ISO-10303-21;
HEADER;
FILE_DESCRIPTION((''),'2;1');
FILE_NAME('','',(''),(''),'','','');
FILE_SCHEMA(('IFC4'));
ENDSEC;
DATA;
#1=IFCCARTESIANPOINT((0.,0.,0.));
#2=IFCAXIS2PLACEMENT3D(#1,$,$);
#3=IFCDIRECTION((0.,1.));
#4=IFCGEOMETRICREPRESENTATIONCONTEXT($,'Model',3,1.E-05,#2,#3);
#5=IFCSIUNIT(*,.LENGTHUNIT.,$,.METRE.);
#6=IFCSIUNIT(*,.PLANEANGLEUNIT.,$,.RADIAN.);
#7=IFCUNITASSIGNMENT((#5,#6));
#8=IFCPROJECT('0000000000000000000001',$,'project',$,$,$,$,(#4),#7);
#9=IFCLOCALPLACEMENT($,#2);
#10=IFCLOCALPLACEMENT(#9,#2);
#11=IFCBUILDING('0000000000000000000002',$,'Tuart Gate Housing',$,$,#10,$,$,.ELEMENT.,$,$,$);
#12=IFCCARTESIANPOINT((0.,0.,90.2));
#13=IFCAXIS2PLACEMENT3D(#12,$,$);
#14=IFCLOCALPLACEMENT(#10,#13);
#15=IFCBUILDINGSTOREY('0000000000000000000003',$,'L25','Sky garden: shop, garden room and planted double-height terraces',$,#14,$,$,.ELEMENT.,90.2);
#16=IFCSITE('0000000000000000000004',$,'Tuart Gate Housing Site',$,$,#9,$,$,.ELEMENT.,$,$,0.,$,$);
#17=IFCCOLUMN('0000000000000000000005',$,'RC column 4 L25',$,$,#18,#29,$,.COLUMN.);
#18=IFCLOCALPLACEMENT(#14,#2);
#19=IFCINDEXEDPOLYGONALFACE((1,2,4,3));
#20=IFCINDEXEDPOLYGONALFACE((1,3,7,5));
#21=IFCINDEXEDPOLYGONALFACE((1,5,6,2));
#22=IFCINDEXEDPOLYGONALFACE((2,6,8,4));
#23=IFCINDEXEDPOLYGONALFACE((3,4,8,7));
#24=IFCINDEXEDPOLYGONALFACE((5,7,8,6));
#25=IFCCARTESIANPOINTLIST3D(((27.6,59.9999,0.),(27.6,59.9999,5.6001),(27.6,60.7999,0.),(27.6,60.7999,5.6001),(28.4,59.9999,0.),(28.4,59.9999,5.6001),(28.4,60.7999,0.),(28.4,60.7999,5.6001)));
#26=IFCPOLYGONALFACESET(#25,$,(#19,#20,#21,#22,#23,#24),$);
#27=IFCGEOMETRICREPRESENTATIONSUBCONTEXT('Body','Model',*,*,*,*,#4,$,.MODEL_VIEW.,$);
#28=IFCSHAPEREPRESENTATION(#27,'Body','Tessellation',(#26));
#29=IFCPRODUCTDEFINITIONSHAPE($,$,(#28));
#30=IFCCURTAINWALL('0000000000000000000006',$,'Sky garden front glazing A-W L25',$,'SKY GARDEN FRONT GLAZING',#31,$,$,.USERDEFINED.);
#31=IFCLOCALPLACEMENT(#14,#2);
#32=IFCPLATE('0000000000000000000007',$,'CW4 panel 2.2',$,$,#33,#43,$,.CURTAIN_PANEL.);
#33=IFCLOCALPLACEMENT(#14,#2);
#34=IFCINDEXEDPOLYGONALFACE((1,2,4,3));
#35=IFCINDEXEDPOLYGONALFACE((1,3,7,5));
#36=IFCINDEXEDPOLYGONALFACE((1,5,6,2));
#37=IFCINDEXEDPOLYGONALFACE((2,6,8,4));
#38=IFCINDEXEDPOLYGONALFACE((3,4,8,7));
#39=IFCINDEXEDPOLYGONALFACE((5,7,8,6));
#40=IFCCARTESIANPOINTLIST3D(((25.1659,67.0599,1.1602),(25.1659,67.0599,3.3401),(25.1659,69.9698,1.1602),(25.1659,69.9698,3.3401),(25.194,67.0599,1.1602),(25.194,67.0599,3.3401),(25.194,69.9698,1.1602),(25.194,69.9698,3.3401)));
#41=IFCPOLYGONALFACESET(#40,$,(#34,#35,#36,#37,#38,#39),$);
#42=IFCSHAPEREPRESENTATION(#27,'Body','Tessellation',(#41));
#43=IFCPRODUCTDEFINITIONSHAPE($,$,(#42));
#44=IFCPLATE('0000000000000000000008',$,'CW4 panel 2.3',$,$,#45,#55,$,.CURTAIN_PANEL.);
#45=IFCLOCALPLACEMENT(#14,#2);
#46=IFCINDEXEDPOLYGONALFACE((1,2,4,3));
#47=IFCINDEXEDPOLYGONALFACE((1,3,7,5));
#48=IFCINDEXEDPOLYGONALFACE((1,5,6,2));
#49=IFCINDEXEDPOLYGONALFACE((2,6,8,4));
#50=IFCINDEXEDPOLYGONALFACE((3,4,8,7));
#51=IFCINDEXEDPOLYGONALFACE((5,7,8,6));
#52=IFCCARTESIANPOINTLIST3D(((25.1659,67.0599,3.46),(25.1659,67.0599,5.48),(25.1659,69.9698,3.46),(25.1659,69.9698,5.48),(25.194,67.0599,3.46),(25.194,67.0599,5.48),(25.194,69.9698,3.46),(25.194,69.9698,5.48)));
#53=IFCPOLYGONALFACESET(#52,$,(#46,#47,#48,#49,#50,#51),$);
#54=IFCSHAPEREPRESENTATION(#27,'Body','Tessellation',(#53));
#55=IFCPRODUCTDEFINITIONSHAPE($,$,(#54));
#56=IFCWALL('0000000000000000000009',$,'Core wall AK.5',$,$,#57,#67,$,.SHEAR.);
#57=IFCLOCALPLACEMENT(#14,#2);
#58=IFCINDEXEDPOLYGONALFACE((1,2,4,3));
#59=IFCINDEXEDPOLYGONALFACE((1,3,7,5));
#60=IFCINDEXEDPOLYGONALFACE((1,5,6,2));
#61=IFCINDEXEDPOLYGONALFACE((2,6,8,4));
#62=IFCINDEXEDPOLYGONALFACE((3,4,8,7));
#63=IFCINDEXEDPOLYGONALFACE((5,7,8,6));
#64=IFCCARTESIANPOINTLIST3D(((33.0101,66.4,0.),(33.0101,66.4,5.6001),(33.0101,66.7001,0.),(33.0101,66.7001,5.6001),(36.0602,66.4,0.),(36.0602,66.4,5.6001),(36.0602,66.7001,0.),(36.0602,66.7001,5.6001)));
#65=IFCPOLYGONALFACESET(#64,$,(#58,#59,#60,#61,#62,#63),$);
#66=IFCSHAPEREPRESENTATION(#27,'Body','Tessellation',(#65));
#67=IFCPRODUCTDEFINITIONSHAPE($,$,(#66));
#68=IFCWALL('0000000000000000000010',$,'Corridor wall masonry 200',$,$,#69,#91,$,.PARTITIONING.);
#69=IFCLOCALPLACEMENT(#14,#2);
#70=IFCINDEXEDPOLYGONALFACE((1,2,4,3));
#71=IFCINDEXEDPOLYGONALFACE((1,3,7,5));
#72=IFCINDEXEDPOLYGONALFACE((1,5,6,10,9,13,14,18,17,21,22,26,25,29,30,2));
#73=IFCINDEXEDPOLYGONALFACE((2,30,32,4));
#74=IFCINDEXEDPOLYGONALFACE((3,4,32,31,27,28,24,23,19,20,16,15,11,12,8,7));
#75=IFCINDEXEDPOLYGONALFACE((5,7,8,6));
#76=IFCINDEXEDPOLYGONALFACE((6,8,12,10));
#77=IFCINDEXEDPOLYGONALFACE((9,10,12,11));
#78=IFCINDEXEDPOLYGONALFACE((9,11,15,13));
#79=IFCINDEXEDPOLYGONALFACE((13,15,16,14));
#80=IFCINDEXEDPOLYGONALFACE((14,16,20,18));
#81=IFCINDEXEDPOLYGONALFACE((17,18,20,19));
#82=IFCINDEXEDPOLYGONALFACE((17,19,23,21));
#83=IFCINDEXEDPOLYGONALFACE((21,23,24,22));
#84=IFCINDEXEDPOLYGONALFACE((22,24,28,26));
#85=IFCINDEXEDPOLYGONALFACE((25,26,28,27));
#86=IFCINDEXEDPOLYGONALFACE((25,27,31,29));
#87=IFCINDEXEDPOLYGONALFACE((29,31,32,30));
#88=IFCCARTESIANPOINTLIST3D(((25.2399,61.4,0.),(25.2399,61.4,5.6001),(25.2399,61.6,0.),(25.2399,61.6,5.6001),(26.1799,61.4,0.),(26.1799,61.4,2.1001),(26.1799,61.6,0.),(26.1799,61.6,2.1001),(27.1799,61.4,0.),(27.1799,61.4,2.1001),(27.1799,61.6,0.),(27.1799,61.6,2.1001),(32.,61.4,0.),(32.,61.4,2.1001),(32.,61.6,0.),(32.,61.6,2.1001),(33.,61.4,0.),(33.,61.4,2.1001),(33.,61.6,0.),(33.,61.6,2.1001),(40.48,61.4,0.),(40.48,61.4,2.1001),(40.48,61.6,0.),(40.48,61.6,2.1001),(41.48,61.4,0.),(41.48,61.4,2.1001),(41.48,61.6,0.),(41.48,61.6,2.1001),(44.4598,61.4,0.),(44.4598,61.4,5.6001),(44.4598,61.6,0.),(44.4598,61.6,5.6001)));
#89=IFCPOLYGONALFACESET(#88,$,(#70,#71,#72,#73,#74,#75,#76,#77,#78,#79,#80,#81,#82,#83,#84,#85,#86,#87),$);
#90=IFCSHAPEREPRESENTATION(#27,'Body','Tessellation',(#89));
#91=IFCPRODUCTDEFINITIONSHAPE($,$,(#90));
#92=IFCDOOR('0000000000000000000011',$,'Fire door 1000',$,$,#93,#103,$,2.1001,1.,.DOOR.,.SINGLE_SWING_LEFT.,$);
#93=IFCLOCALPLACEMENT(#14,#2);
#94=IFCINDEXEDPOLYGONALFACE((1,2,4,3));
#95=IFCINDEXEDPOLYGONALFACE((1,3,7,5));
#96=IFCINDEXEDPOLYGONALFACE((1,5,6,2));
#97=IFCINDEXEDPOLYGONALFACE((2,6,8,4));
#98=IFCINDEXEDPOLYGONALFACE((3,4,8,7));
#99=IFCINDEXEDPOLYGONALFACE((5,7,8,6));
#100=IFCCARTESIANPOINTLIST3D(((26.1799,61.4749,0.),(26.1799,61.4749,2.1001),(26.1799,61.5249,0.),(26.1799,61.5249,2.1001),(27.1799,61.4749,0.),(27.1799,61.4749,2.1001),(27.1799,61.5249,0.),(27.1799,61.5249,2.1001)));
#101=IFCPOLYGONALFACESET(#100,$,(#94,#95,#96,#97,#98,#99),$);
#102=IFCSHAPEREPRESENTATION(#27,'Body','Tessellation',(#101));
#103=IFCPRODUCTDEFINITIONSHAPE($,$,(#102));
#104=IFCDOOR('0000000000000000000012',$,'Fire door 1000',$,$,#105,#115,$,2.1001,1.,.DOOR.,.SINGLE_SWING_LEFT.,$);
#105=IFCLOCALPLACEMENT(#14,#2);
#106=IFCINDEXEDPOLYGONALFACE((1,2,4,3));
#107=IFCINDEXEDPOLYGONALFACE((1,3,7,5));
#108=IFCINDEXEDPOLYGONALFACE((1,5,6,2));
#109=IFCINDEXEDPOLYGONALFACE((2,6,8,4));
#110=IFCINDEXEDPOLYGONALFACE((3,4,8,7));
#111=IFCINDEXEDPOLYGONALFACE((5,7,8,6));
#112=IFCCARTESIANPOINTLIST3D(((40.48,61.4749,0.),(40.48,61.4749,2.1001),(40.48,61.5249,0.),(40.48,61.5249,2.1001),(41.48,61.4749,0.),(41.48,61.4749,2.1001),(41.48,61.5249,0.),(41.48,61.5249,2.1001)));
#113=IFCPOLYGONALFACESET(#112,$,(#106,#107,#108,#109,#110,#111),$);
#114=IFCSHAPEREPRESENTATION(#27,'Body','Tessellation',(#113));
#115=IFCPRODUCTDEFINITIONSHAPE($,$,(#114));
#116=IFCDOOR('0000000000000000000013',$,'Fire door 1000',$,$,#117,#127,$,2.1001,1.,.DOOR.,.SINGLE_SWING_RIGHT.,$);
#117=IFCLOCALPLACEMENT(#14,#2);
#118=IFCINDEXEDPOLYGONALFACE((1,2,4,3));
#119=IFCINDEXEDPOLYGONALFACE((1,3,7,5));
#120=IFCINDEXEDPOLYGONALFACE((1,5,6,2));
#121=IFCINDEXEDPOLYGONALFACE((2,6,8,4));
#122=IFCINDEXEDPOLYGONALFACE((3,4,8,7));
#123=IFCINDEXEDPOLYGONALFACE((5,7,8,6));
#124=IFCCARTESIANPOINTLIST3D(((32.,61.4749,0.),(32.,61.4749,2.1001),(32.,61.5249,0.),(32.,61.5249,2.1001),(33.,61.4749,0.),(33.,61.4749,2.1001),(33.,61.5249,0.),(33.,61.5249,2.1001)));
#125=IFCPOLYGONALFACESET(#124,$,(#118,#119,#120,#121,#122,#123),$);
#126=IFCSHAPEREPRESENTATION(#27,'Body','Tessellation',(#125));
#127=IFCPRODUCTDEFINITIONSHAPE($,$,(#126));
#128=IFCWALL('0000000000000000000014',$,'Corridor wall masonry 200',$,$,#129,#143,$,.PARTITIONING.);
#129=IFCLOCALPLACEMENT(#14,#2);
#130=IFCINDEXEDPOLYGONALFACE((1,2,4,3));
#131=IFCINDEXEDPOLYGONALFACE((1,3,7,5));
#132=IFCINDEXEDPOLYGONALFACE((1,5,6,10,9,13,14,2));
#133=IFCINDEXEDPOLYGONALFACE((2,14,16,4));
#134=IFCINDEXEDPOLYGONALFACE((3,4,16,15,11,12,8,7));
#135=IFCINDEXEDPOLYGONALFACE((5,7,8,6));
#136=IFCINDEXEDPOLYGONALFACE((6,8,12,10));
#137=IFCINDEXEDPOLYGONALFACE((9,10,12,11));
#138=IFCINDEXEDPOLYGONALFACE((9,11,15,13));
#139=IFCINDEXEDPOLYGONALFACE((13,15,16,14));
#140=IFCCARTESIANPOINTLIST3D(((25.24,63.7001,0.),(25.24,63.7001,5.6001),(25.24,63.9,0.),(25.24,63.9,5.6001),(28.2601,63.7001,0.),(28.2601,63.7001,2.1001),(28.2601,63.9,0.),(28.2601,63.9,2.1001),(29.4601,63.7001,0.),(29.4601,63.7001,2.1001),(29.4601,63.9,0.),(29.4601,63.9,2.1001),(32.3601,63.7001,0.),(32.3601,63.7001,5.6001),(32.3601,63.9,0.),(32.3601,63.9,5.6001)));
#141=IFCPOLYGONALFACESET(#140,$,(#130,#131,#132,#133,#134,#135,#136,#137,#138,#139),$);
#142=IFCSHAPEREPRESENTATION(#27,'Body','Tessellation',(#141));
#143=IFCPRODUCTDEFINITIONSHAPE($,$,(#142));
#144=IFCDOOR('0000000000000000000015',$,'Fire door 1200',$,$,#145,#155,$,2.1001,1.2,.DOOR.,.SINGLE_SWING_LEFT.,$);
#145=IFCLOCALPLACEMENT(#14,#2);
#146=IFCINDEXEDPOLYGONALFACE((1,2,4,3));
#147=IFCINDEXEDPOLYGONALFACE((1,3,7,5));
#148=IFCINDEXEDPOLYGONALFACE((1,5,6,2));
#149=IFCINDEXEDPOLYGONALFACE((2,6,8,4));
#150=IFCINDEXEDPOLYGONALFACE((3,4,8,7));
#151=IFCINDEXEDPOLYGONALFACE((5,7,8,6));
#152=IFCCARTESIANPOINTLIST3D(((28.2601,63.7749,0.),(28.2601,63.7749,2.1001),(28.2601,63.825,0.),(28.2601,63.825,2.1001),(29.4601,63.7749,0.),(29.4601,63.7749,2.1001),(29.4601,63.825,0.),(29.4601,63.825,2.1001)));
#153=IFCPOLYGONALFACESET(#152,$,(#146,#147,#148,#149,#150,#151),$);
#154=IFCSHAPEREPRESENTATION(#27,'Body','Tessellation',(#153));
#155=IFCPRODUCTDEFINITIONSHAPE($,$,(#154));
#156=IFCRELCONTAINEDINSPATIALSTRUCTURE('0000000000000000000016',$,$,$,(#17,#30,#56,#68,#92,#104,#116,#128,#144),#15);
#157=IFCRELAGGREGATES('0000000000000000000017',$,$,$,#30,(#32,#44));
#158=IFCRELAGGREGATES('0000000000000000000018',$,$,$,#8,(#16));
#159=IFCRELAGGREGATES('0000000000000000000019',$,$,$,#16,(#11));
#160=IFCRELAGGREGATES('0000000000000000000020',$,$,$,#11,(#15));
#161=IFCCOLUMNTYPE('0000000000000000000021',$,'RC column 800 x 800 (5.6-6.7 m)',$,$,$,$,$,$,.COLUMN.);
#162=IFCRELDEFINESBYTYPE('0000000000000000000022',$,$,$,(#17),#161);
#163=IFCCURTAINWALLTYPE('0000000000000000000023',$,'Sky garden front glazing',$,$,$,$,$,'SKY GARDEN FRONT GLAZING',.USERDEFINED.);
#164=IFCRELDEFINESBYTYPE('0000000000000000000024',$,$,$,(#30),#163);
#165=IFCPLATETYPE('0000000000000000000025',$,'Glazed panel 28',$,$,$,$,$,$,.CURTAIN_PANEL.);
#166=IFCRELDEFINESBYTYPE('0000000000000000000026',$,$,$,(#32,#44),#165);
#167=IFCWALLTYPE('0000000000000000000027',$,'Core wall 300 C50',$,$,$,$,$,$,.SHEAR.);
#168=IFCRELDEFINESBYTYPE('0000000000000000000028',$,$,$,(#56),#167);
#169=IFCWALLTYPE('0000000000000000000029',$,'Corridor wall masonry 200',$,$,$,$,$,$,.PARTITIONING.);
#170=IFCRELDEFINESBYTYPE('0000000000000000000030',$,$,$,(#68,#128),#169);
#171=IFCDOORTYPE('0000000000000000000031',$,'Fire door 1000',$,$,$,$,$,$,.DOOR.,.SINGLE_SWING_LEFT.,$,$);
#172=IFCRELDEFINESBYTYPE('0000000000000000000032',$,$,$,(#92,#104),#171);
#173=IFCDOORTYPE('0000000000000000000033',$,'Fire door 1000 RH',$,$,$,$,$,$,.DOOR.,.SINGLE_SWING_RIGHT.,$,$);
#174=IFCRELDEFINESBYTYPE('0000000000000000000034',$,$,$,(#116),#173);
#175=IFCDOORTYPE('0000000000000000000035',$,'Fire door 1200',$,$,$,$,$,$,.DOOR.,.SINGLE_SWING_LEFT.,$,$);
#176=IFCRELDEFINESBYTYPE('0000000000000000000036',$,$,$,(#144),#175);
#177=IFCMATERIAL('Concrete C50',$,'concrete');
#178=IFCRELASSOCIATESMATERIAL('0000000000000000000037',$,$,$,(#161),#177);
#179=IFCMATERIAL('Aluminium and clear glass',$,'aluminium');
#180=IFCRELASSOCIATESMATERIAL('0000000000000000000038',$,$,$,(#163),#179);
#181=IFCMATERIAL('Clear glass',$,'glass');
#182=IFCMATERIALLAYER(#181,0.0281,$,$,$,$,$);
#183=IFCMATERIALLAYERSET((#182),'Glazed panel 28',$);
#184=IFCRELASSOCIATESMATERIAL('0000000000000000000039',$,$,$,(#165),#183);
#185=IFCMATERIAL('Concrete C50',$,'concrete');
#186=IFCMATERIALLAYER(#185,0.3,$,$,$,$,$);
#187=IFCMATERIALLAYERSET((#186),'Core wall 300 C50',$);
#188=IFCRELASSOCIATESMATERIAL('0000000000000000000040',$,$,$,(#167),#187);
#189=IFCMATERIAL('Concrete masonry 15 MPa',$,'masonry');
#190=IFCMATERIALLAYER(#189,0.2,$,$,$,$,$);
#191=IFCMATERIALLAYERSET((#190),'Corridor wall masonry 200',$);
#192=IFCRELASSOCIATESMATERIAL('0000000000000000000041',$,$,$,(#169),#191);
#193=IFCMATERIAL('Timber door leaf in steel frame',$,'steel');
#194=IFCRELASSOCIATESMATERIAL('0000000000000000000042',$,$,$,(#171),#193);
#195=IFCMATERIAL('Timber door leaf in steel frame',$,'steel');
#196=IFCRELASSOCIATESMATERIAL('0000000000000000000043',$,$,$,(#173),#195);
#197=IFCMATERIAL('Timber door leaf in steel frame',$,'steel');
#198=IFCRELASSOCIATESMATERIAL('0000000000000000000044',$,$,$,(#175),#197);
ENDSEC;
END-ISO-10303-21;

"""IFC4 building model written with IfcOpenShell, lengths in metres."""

from ifc_helpers import new_model, si_unit, direction, frame, frame_2d, origin, origin_2d, place, context, subcontext, project, spatial, rectangle, extrude, material, layer, layer_set, material_profile, profile_set, type_object, element, fill, aggregate, save


model = new_model("IFC4")

# Units and contexts
model_context = context("Model", 3, precision=1e-05, world=origin(), true_north=direction((0.0, 1.0)))
body_context = subcontext(model_context, "Body", "Model", "MODEL_VIEW")
ifc_project = project(units=[si_unit("LENGTHUNIT", "METRE"), si_unit("PLANEANGLEUNIT", "RADIAN")], contexts=[model_context])

# Site, building, storey
site_placement = place(None, origin())
site = spatial("IfcSite", under=ifc_project, at=site_placement, Name="Tuart Gate Housing Site", CompositionType="ELEMENT", RefElevation=0.0)
building_placement = place(site_placement, origin())
building = spatial("IfcBuilding", under=site, at=building_placement, Name="Tuart Gate Housing", CompositionType="ELEMENT")
storey_placement = place(building_placement, frame((0.0, 0.0, 90.2)))
storey = spatial("IfcBuildingStorey", under=building, at=storey_placement, Name="L25", Description="Sky garden: shop, garden room and planted double-height terraces", CompositionType="ELEMENT", Elevation=90.2)

# Column
ifc_material_1 = material(Name="Concrete C50", Category="concrete")
ifc_material_profile = material_profile(ifc_material_1, rectangle(XDim=0.8, YDim=0.8, at=origin_2d()), Name="RC column 800 x 800 (5.6-6.7 m)")
ifc_profile_set = profile_set([ifc_material_profile], Name="Concrete C50")
column_type = type_object("IfcColumnType", Name="RC column 800 x 800 (5.6-6.7 m)", PredefinedType="COLUMN", material=ifc_profile_set)
column_placement = place(storey_placement, frame((28.0, 60.3999, 0.0), z_axis=(0.0, 0.0, 1.0), x_axis=(1.0, 0.0, 0.0)))
element("IfcColumn", 1, at=column_placement, inside=storey, type_object=column_type, Name="RC column 4 L25", PredefinedType="COLUMN", context=body_context, shape_type="SweptSolid", body=[
    extrude(rectangle(XDim=0.8, YDim=0.8, at=origin_2d()), origin(), (0.0, 0.0, 1.0), 5.6001),
])

# Curtain wall, plates
ifc_material_2 = material(Name="Aluminium and clear glass", Category="aluminium")
curtain_wall_type = type_object("IfcCurtainWallType", Name="Sky garden front glazing", ElementType="SKY GARDEN FRONT GLAZING", PredefinedType="USERDEFINED", material=ifc_material_2)
curtain_wall_placement = place(storey_placement, origin())
curtain_wall = element("IfcCurtainWall", 2, at=curtain_wall_placement, inside=storey, type_object=curtain_wall_type, Name="Sky garden front glazing A-W L25", ObjectType="SKY GARDEN FRONT GLAZING", PredefinedType="USERDEFINED")
ifc_material_3 = material(Name="Clear glass", Category="glass")
ifc_layer_1 = layer(ifc_material_3, 0.0281)
ifc_layer_set_1 = layer_set([ifc_layer_1], Name="Glazed panel 28")
plate_type = type_object("IfcPlateType", Name="Glazed panel 28", PredefinedType="CURTAIN_PANEL", material=ifc_layer_set_1)
plate_1_placement = place(storey_placement, frame((25.1799, 68.5149, 1.1602), z_axis=(0.0, 0.0, 1.0), x_axis=(0.0, -1.0, 0.0)))
plate_1 = element("IfcPlate", 3, at=plate_1_placement, type_object=plate_type, Name="CW4 panel 2.2", PredefinedType="CURTAIN_PANEL", context=body_context, shape_type="SweptSolid", body=[
    extrude(rectangle(XDim=2.9099, YDim=0.0281, at=origin_2d()), origin(), (0.0, 0.0, 1.0), 2.1799),
])
plate_2_placement = place(storey_placement, frame((25.1799, 68.5149, 3.46), z_axis=(0.0, 0.0, 1.0), x_axis=(0.0, -1.0, 0.0)))
plate_2 = element("IfcPlate", 4, at=plate_2_placement, type_object=plate_type, Name="CW4 panel 2.3", PredefinedType="CURTAIN_PANEL", context=body_context, shape_type="SweptSolid", body=[
    extrude(rectangle(XDim=2.9099, YDim=0.0281, at=origin_2d()), origin(), (0.0, 0.0, 1.0), 2.02),
])
aggregate(curtain_wall, [plate_1, plate_2])

# Wall
ifc_material_4 = material(Name="Concrete C50", Category="concrete")
ifc_layer_2 = layer(ifc_material_4, 0.3)
ifc_layer_set_2 = layer_set([ifc_layer_2], Name="Core wall 300 C50")
wall_type_1 = type_object("IfcWallType", Name="Core wall 300 C50", PredefinedType="SHEAR", material=ifc_layer_set_2)
wall_1_placement = place(storey_placement, frame((36.0601, 66.55, 0.0), z_axis=(0.0, 0.0, 1.0), x_axis=(-1.0, 0.0, 0.0)))
element("IfcWall", 5, at=wall_1_placement, inside=storey, type_object=wall_type_1, Name="Core wall AK.5", PredefinedType="SHEAR", context=body_context, shape_type="SweptSolid", body=[
    extrude(rectangle(XDim=3.05, YDim=0.3, at=frame_2d((1.5249, 0.0))), origin(), (0.0, 0.0, 1.0), 5.6001),
])

# Wall, openings, doors
ifc_material_5 = material(Name="Concrete masonry 15 MPa", Category="masonry")
ifc_layer_3 = layer(ifc_material_5, 0.2)
ifc_layer_set_3 = layer_set([ifc_layer_3], Name="Corridor wall masonry 200")
wall_type_2 = type_object("IfcWallType", Name="Corridor wall masonry 200", PredefinedType="PARTITIONING", material=ifc_layer_set_3)
wall_2_placement = place(storey_placement, frame((25.24, 61.5, 0.0), z_axis=(0.0, 0.0, 1.0), x_axis=(1.0, 0.0, 0.0)))
wall_2 = element("IfcWall", 6, at=wall_2_placement, inside=storey, type_object=wall_type_2, Name="Corridor wall masonry 200", PredefinedType="PARTITIONING", context=body_context, shape_type="SweptSolid", body=[
    extrude(rectangle(XDim=19.22, YDim=0.2, at=frame_2d((9.6099, 0.0))), origin(), (0.0, 0.0, 1.0), 5.6001),
])
opening_1_placement = place(wall_2_placement, frame((0.9399, 0.0, 0.0)))
opening_1 = element("IfcOpeningElement", 7, at=opening_1_placement, cuts=wall_2, PredefinedType="OPENING", context=body_context, shape_type="SweptSolid", body=[
    extrude(rectangle(XDim=1.0, YDim=2.1001, at=frame_2d((0.5, 1.05))), frame((0.0, 0.1099, 0.0), z_axis=(0.0, -1.0, 0.0), x_axis=(1.0, 0.0, 0.0)), (0.0, 0.0, 1.0), 0.22),
])
opening_2_placement = place(wall_2_placement, frame((6.76, 0.0, 0.0)))
opening_2 = element("IfcOpeningElement", 8, at=opening_2_placement, cuts=wall_2, PredefinedType="OPENING", context=body_context, shape_type="SweptSolid", body=[
    extrude(rectangle(XDim=1.0, YDim=2.1001, at=frame_2d((0.5, 1.05))), frame((0.0, 0.1099, 0.0), z_axis=(0.0, -1.0, 0.0), x_axis=(1.0, 0.0, 0.0)), (0.0, 0.0, 1.0), 0.22),
])
opening_3_placement = place(wall_2_placement, frame((15.24, 0.0, 0.0)))
opening_3 = element("IfcOpeningElement", 9, at=opening_3_placement, cuts=wall_2, PredefinedType="OPENING", context=body_context, shape_type="SweptSolid", body=[
    extrude(rectangle(XDim=1.0, YDim=2.1001, at=frame_2d((0.5, 1.05))), frame((0.0, 0.1099, 0.0), z_axis=(0.0, -1.0, 0.0), x_axis=(1.0, 0.0, 0.0)), (0.0, 0.0, 1.0), 0.22),
])
ifc_material_6 = material(Name="Timber door leaf in steel frame", Category="steel")
door_type_1 = type_object("IfcDoorType", Name="Fire door 1000", OperationType="SINGLE_SWING_LEFT", PredefinedType="DOOR", material=ifc_material_6)
door_1_placement = place(opening_1_placement, frame((1.0, 0.0, 0.0), z_axis=(0.0, 0.0, 1.0), x_axis=(-1.0, 0.0, 0.0)))
door_1 = element("IfcDoor", 10, at=door_1_placement, inside=storey, type_object=door_type_1, Name="Fire door 1000", OperationType="SINGLE_SWING_LEFT", OverallHeight=2.1001, OverallWidth=1.0, PredefinedType="DOOR", context=body_context, shape_type="SweptSolid", body=[
    extrude(rectangle(XDim=1.0, YDim=2.1001, at=frame_2d((0.5, 1.05))), frame((0.0, 0.0251, 0.0), z_axis=(0.0, -1.0, 0.0), x_axis=(1.0, 0.0, 0.0)), (0.0, 0.0, 1.0), 0.05),
])
fill(opening_1, door_1)
door_2_placement = place(opening_3_placement, frame((1.0, 0.0, 0.0), z_axis=(0.0, 0.0, 1.0), x_axis=(-1.0, 0.0, 0.0)))
door_2 = element("IfcDoor", 11, at=door_2_placement, inside=storey, type_object=door_type_1, Name="Fire door 1000", OperationType="SINGLE_SWING_LEFT", OverallHeight=2.1001, OverallWidth=1.0, PredefinedType="DOOR", context=body_context, shape_type="SweptSolid", body=[
    extrude(rectangle(XDim=1.0, YDim=2.1001, at=frame_2d((0.5, 1.05))), frame((0.0, 0.0251, 0.0), z_axis=(0.0, -1.0, 0.0), x_axis=(1.0, 0.0, 0.0)), (0.0, 0.0, 1.0), 0.05),
])
fill(opening_3, door_2)
ifc_material_7 = material(Name="Timber door leaf in steel frame", Category="steel")
door_type_2 = type_object("IfcDoorType", Name="Fire door 1000 RH", OperationType="SINGLE_SWING_RIGHT", PredefinedType="DOOR", material=ifc_material_7)
door_3_placement = place(opening_2_placement, frame((1.0, 0.0, 0.0), z_axis=(0.0, 0.0, 1.0), x_axis=(-1.0, 0.0, 0.0)))
door_3 = element("IfcDoor", 12, at=door_3_placement, inside=storey, type_object=door_type_2, Name="Fire door 1000", OperationType="SINGLE_SWING_RIGHT", OverallHeight=2.1001, OverallWidth=1.0, PredefinedType="DOOR", context=body_context, shape_type="SweptSolid", body=[
    extrude(rectangle(XDim=1.0, YDim=2.1001, at=frame_2d((0.5, 1.05))), frame((0.0, 0.0251, 0.0), z_axis=(0.0, -1.0, 0.0), x_axis=(1.0, 0.0, 0.0)), (0.0, 0.0, 1.0), 0.05),
])
fill(opening_2, door_3)

# Wall, opening, door
wall_3_placement = place(storey_placement, frame((25.24, 63.8, 0.0), z_axis=(0.0, 0.0, 1.0), x_axis=(1.0, 0.0, 0.0)))
wall_3 = element("IfcWall", 13, at=wall_3_placement, inside=storey, type_object=wall_type_2, Name="Corridor wall masonry 200", PredefinedType="PARTITIONING", context=body_context, shape_type="SweptSolid", body=[
    extrude(rectangle(XDim=7.1201, YDim=0.2, at=frame_2d((3.5601, 0.0))), origin(), (0.0, 0.0, 1.0), 5.6001),
])
opening_4_placement = place(wall_3_placement, frame((3.02, 0.0, 0.0)))
opening_4 = element("IfcOpeningElement", 14, at=opening_4_placement, cuts=wall_3, PredefinedType="OPENING", context=body_context, shape_type="SweptSolid", body=[
    extrude(rectangle(XDim=1.2, YDim=2.1001, at=frame_2d((0.6001, 1.05))), frame((0.0, 0.1099, 0.0), z_axis=(0.0, -1.0, 0.0), x_axis=(1.0, 0.0, 0.0)), (0.0, 0.0, 1.0), 0.22),
])
ifc_material_8 = material(Name="Timber door leaf in steel frame", Category="steel")
door_type_3 = type_object("IfcDoorType", Name="Fire door 1200", OperationType="SINGLE_SWING_LEFT", PredefinedType="DOOR", material=ifc_material_8)
door_4_placement = place(opening_4_placement, origin())
door_4 = element("IfcDoor", 15, at=door_4_placement, inside=storey, type_object=door_type_3, Name="Fire door 1200", OperationType="SINGLE_SWING_LEFT", OverallHeight=2.1001, OverallWidth=1.2, PredefinedType="DOOR", context=body_context, shape_type="SweptSolid", body=[
    extrude(rectangle(XDim=1.2, YDim=2.1001, at=frame_2d((0.6001, 1.05))), frame((0.0, 0.0249, 0.0), z_axis=(0.0, -1.0, 0.0), x_axis=(1.0, 0.0, 0.0)), (0.0, 0.0, 1.0), 0.05),
])
fill(opening_4, door_4)

save(model, "model.ifc")
